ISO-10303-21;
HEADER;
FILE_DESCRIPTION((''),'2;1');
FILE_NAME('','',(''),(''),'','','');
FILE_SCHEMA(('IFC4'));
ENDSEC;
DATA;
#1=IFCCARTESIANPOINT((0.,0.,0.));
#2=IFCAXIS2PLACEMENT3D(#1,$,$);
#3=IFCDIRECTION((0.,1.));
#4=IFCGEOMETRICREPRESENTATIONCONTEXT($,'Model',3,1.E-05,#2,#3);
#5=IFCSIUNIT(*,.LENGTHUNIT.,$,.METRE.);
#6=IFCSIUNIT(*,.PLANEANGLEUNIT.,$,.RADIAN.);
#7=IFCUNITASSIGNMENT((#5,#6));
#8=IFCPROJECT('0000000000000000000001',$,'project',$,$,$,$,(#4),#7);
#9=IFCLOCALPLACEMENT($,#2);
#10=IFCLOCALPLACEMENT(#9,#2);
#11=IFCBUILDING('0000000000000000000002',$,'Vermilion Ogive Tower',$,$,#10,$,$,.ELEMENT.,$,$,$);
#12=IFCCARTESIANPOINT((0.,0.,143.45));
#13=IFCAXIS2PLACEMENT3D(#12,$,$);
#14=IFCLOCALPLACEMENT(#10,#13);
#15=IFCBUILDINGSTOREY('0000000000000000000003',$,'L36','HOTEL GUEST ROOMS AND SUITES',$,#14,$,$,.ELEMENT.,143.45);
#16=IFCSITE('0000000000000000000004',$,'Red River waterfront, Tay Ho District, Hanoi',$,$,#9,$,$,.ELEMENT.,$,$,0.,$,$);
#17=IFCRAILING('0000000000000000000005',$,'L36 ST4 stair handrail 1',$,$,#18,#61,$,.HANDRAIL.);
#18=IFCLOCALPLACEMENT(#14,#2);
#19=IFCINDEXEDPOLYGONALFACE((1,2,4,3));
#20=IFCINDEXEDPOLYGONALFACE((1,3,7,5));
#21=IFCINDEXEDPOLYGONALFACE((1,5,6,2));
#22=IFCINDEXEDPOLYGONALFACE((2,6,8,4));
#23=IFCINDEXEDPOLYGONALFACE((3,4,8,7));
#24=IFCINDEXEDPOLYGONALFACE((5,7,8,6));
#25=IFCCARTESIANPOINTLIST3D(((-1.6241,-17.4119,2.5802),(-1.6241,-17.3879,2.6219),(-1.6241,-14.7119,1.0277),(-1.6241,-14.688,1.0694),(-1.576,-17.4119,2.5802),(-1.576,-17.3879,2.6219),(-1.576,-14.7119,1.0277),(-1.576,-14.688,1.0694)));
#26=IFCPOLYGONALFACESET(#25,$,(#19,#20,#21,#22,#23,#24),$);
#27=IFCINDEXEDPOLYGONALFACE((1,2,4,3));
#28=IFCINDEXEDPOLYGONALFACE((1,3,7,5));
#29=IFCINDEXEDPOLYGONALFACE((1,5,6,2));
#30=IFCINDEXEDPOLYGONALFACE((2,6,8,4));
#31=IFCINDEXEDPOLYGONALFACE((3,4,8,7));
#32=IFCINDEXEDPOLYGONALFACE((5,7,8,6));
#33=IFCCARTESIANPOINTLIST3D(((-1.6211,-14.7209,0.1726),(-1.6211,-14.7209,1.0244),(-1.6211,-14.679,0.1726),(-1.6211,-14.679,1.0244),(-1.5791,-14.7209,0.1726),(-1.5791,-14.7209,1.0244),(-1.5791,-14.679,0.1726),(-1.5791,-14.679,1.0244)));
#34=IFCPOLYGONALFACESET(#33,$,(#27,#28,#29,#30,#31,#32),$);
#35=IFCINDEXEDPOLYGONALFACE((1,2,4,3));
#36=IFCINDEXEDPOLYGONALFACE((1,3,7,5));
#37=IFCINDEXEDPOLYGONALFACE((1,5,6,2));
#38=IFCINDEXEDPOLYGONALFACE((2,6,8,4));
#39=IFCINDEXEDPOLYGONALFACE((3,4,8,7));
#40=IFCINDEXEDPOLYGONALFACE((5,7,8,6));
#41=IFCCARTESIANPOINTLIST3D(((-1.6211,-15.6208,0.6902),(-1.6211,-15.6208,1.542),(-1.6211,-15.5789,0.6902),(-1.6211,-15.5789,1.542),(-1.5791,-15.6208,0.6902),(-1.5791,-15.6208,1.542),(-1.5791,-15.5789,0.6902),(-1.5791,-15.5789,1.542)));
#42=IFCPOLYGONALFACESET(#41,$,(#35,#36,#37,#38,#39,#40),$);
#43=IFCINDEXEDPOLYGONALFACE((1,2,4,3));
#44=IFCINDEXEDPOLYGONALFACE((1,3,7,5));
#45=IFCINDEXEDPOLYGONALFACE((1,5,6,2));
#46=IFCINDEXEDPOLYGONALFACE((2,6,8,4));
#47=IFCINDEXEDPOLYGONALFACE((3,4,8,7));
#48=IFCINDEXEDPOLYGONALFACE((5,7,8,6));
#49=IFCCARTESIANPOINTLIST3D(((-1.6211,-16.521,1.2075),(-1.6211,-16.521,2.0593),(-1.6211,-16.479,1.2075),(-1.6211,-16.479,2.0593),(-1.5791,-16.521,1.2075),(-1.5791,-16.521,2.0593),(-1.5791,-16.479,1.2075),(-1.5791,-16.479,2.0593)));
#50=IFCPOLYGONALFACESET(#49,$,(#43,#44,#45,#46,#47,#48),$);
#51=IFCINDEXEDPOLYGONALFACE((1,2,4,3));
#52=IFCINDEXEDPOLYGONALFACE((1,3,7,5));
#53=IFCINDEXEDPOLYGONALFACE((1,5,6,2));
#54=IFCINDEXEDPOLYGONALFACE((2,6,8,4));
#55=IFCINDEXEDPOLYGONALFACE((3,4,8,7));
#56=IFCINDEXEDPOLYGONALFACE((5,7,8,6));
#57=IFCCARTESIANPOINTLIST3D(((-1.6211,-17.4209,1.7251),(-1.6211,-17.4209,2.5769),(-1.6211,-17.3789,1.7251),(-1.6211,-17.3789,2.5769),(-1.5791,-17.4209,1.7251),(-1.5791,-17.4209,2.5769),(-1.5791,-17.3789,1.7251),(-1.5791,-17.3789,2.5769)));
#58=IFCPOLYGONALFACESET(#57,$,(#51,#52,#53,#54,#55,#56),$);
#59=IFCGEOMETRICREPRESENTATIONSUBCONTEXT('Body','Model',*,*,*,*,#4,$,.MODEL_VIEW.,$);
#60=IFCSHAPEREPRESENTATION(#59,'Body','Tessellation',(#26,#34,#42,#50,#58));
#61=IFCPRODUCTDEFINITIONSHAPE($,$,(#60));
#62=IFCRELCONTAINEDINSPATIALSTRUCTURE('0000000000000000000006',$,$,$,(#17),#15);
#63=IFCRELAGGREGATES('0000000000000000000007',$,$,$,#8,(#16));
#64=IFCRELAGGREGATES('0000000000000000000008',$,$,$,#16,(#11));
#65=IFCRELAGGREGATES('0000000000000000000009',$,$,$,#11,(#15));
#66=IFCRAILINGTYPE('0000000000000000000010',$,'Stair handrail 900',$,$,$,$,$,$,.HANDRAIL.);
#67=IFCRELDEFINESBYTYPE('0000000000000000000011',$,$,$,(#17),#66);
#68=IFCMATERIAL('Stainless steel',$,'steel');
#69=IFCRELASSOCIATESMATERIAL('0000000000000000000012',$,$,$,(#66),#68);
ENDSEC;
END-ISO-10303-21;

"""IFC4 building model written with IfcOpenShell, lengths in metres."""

from ifc_helpers import new_model, si_unit, direction, frame, origin, origin_2d, place, context, subcontext, project, spatial, rectangle, extrude, material, type_object, element, save


model = new_model("IFC4")

# Units and contexts
model_context = context("Model", 3, precision=1e-05, world=origin(), true_north=direction((0.0, 1.0)))
body_context = subcontext(model_context, "Body", "Model", "MODEL_VIEW")
ifc_project = project(units=[si_unit("LENGTHUNIT", "METRE"), si_unit("PLANEANGLEUNIT", "RADIAN")], contexts=[model_context])

# Site, building, storey
site_placement = place(None, origin())
site = spatial("IfcSite", under=ifc_project, at=site_placement, Name="Red River waterfront, Tay Ho District, Hanoi", CompositionType="ELEMENT", RefElevation=0.0)
building_placement = place(site_placement, origin())
building = spatial("IfcBuilding", under=site, at=building_placement, Name="Vermilion Ogive Tower", CompositionType="ELEMENT")
storey_placement = place(building_placement, frame((0.0, 0.0, 143.45)))
storey = spatial("IfcBuildingStorey", under=building, at=storey_placement, Name="L36", Description="HOTEL GUEST ROOMS AND SUITES", CompositionType="ELEMENT", Elevation=143.45)

# Railing
ifc_material_1 = material(Name="Stainless steel", Category="steel")
railing_type_1 = type_object("IfcRailingType", Name="Stair handrail 900", PredefinedType="HANDRAIL", material=ifc_material_1)
railing_1_placement = place(storey_placement, frame((-1.6001, -14.7, 0.1726)))
element("IfcRailing", 1, at=railing_1_placement, inside=storey, type_object=railing_type_1, Name="L36 ST4 stair handrail 1", PredefinedType="HANDRAIL", context=body_context, shape_type="SweptSolid", body=[
    extrude(rectangle(XDim=0.0481, YDim=0.0481, at=origin_2d()), frame((0.0, 0.0, 0.876), z_axis=(0.0, -0.866904, 0.498476), x_axis=(1.0, 0.0, 0.0)), (0.0, 0.0, 1.0), 3.1145),
    extrude(rectangle(XDim=0.042, YDim=0.042, at=origin_2d()), origin(), (0.0, 0.0, 1.0), 0.8518),
    extrude(rectangle(XDim=0.042, YDim=0.042, at=origin_2d()), frame((0.0, -0.8999, 0.5176)), (0.0, 0.0, 1.0), 0.8518),
    extrude(rectangle(XDim=0.042, YDim=0.042, at=origin_2d()), frame((0.0, -1.8, 1.0349)), (0.0, 0.0, 1.0), 0.8518),
    extrude(rectangle(XDim=0.042, YDim=0.042, at=origin_2d()), frame((0.0, -2.7, 1.5525)), (0.0, 0.0, 1.0), 0.8518),
])

save(model, "model.ifc")
